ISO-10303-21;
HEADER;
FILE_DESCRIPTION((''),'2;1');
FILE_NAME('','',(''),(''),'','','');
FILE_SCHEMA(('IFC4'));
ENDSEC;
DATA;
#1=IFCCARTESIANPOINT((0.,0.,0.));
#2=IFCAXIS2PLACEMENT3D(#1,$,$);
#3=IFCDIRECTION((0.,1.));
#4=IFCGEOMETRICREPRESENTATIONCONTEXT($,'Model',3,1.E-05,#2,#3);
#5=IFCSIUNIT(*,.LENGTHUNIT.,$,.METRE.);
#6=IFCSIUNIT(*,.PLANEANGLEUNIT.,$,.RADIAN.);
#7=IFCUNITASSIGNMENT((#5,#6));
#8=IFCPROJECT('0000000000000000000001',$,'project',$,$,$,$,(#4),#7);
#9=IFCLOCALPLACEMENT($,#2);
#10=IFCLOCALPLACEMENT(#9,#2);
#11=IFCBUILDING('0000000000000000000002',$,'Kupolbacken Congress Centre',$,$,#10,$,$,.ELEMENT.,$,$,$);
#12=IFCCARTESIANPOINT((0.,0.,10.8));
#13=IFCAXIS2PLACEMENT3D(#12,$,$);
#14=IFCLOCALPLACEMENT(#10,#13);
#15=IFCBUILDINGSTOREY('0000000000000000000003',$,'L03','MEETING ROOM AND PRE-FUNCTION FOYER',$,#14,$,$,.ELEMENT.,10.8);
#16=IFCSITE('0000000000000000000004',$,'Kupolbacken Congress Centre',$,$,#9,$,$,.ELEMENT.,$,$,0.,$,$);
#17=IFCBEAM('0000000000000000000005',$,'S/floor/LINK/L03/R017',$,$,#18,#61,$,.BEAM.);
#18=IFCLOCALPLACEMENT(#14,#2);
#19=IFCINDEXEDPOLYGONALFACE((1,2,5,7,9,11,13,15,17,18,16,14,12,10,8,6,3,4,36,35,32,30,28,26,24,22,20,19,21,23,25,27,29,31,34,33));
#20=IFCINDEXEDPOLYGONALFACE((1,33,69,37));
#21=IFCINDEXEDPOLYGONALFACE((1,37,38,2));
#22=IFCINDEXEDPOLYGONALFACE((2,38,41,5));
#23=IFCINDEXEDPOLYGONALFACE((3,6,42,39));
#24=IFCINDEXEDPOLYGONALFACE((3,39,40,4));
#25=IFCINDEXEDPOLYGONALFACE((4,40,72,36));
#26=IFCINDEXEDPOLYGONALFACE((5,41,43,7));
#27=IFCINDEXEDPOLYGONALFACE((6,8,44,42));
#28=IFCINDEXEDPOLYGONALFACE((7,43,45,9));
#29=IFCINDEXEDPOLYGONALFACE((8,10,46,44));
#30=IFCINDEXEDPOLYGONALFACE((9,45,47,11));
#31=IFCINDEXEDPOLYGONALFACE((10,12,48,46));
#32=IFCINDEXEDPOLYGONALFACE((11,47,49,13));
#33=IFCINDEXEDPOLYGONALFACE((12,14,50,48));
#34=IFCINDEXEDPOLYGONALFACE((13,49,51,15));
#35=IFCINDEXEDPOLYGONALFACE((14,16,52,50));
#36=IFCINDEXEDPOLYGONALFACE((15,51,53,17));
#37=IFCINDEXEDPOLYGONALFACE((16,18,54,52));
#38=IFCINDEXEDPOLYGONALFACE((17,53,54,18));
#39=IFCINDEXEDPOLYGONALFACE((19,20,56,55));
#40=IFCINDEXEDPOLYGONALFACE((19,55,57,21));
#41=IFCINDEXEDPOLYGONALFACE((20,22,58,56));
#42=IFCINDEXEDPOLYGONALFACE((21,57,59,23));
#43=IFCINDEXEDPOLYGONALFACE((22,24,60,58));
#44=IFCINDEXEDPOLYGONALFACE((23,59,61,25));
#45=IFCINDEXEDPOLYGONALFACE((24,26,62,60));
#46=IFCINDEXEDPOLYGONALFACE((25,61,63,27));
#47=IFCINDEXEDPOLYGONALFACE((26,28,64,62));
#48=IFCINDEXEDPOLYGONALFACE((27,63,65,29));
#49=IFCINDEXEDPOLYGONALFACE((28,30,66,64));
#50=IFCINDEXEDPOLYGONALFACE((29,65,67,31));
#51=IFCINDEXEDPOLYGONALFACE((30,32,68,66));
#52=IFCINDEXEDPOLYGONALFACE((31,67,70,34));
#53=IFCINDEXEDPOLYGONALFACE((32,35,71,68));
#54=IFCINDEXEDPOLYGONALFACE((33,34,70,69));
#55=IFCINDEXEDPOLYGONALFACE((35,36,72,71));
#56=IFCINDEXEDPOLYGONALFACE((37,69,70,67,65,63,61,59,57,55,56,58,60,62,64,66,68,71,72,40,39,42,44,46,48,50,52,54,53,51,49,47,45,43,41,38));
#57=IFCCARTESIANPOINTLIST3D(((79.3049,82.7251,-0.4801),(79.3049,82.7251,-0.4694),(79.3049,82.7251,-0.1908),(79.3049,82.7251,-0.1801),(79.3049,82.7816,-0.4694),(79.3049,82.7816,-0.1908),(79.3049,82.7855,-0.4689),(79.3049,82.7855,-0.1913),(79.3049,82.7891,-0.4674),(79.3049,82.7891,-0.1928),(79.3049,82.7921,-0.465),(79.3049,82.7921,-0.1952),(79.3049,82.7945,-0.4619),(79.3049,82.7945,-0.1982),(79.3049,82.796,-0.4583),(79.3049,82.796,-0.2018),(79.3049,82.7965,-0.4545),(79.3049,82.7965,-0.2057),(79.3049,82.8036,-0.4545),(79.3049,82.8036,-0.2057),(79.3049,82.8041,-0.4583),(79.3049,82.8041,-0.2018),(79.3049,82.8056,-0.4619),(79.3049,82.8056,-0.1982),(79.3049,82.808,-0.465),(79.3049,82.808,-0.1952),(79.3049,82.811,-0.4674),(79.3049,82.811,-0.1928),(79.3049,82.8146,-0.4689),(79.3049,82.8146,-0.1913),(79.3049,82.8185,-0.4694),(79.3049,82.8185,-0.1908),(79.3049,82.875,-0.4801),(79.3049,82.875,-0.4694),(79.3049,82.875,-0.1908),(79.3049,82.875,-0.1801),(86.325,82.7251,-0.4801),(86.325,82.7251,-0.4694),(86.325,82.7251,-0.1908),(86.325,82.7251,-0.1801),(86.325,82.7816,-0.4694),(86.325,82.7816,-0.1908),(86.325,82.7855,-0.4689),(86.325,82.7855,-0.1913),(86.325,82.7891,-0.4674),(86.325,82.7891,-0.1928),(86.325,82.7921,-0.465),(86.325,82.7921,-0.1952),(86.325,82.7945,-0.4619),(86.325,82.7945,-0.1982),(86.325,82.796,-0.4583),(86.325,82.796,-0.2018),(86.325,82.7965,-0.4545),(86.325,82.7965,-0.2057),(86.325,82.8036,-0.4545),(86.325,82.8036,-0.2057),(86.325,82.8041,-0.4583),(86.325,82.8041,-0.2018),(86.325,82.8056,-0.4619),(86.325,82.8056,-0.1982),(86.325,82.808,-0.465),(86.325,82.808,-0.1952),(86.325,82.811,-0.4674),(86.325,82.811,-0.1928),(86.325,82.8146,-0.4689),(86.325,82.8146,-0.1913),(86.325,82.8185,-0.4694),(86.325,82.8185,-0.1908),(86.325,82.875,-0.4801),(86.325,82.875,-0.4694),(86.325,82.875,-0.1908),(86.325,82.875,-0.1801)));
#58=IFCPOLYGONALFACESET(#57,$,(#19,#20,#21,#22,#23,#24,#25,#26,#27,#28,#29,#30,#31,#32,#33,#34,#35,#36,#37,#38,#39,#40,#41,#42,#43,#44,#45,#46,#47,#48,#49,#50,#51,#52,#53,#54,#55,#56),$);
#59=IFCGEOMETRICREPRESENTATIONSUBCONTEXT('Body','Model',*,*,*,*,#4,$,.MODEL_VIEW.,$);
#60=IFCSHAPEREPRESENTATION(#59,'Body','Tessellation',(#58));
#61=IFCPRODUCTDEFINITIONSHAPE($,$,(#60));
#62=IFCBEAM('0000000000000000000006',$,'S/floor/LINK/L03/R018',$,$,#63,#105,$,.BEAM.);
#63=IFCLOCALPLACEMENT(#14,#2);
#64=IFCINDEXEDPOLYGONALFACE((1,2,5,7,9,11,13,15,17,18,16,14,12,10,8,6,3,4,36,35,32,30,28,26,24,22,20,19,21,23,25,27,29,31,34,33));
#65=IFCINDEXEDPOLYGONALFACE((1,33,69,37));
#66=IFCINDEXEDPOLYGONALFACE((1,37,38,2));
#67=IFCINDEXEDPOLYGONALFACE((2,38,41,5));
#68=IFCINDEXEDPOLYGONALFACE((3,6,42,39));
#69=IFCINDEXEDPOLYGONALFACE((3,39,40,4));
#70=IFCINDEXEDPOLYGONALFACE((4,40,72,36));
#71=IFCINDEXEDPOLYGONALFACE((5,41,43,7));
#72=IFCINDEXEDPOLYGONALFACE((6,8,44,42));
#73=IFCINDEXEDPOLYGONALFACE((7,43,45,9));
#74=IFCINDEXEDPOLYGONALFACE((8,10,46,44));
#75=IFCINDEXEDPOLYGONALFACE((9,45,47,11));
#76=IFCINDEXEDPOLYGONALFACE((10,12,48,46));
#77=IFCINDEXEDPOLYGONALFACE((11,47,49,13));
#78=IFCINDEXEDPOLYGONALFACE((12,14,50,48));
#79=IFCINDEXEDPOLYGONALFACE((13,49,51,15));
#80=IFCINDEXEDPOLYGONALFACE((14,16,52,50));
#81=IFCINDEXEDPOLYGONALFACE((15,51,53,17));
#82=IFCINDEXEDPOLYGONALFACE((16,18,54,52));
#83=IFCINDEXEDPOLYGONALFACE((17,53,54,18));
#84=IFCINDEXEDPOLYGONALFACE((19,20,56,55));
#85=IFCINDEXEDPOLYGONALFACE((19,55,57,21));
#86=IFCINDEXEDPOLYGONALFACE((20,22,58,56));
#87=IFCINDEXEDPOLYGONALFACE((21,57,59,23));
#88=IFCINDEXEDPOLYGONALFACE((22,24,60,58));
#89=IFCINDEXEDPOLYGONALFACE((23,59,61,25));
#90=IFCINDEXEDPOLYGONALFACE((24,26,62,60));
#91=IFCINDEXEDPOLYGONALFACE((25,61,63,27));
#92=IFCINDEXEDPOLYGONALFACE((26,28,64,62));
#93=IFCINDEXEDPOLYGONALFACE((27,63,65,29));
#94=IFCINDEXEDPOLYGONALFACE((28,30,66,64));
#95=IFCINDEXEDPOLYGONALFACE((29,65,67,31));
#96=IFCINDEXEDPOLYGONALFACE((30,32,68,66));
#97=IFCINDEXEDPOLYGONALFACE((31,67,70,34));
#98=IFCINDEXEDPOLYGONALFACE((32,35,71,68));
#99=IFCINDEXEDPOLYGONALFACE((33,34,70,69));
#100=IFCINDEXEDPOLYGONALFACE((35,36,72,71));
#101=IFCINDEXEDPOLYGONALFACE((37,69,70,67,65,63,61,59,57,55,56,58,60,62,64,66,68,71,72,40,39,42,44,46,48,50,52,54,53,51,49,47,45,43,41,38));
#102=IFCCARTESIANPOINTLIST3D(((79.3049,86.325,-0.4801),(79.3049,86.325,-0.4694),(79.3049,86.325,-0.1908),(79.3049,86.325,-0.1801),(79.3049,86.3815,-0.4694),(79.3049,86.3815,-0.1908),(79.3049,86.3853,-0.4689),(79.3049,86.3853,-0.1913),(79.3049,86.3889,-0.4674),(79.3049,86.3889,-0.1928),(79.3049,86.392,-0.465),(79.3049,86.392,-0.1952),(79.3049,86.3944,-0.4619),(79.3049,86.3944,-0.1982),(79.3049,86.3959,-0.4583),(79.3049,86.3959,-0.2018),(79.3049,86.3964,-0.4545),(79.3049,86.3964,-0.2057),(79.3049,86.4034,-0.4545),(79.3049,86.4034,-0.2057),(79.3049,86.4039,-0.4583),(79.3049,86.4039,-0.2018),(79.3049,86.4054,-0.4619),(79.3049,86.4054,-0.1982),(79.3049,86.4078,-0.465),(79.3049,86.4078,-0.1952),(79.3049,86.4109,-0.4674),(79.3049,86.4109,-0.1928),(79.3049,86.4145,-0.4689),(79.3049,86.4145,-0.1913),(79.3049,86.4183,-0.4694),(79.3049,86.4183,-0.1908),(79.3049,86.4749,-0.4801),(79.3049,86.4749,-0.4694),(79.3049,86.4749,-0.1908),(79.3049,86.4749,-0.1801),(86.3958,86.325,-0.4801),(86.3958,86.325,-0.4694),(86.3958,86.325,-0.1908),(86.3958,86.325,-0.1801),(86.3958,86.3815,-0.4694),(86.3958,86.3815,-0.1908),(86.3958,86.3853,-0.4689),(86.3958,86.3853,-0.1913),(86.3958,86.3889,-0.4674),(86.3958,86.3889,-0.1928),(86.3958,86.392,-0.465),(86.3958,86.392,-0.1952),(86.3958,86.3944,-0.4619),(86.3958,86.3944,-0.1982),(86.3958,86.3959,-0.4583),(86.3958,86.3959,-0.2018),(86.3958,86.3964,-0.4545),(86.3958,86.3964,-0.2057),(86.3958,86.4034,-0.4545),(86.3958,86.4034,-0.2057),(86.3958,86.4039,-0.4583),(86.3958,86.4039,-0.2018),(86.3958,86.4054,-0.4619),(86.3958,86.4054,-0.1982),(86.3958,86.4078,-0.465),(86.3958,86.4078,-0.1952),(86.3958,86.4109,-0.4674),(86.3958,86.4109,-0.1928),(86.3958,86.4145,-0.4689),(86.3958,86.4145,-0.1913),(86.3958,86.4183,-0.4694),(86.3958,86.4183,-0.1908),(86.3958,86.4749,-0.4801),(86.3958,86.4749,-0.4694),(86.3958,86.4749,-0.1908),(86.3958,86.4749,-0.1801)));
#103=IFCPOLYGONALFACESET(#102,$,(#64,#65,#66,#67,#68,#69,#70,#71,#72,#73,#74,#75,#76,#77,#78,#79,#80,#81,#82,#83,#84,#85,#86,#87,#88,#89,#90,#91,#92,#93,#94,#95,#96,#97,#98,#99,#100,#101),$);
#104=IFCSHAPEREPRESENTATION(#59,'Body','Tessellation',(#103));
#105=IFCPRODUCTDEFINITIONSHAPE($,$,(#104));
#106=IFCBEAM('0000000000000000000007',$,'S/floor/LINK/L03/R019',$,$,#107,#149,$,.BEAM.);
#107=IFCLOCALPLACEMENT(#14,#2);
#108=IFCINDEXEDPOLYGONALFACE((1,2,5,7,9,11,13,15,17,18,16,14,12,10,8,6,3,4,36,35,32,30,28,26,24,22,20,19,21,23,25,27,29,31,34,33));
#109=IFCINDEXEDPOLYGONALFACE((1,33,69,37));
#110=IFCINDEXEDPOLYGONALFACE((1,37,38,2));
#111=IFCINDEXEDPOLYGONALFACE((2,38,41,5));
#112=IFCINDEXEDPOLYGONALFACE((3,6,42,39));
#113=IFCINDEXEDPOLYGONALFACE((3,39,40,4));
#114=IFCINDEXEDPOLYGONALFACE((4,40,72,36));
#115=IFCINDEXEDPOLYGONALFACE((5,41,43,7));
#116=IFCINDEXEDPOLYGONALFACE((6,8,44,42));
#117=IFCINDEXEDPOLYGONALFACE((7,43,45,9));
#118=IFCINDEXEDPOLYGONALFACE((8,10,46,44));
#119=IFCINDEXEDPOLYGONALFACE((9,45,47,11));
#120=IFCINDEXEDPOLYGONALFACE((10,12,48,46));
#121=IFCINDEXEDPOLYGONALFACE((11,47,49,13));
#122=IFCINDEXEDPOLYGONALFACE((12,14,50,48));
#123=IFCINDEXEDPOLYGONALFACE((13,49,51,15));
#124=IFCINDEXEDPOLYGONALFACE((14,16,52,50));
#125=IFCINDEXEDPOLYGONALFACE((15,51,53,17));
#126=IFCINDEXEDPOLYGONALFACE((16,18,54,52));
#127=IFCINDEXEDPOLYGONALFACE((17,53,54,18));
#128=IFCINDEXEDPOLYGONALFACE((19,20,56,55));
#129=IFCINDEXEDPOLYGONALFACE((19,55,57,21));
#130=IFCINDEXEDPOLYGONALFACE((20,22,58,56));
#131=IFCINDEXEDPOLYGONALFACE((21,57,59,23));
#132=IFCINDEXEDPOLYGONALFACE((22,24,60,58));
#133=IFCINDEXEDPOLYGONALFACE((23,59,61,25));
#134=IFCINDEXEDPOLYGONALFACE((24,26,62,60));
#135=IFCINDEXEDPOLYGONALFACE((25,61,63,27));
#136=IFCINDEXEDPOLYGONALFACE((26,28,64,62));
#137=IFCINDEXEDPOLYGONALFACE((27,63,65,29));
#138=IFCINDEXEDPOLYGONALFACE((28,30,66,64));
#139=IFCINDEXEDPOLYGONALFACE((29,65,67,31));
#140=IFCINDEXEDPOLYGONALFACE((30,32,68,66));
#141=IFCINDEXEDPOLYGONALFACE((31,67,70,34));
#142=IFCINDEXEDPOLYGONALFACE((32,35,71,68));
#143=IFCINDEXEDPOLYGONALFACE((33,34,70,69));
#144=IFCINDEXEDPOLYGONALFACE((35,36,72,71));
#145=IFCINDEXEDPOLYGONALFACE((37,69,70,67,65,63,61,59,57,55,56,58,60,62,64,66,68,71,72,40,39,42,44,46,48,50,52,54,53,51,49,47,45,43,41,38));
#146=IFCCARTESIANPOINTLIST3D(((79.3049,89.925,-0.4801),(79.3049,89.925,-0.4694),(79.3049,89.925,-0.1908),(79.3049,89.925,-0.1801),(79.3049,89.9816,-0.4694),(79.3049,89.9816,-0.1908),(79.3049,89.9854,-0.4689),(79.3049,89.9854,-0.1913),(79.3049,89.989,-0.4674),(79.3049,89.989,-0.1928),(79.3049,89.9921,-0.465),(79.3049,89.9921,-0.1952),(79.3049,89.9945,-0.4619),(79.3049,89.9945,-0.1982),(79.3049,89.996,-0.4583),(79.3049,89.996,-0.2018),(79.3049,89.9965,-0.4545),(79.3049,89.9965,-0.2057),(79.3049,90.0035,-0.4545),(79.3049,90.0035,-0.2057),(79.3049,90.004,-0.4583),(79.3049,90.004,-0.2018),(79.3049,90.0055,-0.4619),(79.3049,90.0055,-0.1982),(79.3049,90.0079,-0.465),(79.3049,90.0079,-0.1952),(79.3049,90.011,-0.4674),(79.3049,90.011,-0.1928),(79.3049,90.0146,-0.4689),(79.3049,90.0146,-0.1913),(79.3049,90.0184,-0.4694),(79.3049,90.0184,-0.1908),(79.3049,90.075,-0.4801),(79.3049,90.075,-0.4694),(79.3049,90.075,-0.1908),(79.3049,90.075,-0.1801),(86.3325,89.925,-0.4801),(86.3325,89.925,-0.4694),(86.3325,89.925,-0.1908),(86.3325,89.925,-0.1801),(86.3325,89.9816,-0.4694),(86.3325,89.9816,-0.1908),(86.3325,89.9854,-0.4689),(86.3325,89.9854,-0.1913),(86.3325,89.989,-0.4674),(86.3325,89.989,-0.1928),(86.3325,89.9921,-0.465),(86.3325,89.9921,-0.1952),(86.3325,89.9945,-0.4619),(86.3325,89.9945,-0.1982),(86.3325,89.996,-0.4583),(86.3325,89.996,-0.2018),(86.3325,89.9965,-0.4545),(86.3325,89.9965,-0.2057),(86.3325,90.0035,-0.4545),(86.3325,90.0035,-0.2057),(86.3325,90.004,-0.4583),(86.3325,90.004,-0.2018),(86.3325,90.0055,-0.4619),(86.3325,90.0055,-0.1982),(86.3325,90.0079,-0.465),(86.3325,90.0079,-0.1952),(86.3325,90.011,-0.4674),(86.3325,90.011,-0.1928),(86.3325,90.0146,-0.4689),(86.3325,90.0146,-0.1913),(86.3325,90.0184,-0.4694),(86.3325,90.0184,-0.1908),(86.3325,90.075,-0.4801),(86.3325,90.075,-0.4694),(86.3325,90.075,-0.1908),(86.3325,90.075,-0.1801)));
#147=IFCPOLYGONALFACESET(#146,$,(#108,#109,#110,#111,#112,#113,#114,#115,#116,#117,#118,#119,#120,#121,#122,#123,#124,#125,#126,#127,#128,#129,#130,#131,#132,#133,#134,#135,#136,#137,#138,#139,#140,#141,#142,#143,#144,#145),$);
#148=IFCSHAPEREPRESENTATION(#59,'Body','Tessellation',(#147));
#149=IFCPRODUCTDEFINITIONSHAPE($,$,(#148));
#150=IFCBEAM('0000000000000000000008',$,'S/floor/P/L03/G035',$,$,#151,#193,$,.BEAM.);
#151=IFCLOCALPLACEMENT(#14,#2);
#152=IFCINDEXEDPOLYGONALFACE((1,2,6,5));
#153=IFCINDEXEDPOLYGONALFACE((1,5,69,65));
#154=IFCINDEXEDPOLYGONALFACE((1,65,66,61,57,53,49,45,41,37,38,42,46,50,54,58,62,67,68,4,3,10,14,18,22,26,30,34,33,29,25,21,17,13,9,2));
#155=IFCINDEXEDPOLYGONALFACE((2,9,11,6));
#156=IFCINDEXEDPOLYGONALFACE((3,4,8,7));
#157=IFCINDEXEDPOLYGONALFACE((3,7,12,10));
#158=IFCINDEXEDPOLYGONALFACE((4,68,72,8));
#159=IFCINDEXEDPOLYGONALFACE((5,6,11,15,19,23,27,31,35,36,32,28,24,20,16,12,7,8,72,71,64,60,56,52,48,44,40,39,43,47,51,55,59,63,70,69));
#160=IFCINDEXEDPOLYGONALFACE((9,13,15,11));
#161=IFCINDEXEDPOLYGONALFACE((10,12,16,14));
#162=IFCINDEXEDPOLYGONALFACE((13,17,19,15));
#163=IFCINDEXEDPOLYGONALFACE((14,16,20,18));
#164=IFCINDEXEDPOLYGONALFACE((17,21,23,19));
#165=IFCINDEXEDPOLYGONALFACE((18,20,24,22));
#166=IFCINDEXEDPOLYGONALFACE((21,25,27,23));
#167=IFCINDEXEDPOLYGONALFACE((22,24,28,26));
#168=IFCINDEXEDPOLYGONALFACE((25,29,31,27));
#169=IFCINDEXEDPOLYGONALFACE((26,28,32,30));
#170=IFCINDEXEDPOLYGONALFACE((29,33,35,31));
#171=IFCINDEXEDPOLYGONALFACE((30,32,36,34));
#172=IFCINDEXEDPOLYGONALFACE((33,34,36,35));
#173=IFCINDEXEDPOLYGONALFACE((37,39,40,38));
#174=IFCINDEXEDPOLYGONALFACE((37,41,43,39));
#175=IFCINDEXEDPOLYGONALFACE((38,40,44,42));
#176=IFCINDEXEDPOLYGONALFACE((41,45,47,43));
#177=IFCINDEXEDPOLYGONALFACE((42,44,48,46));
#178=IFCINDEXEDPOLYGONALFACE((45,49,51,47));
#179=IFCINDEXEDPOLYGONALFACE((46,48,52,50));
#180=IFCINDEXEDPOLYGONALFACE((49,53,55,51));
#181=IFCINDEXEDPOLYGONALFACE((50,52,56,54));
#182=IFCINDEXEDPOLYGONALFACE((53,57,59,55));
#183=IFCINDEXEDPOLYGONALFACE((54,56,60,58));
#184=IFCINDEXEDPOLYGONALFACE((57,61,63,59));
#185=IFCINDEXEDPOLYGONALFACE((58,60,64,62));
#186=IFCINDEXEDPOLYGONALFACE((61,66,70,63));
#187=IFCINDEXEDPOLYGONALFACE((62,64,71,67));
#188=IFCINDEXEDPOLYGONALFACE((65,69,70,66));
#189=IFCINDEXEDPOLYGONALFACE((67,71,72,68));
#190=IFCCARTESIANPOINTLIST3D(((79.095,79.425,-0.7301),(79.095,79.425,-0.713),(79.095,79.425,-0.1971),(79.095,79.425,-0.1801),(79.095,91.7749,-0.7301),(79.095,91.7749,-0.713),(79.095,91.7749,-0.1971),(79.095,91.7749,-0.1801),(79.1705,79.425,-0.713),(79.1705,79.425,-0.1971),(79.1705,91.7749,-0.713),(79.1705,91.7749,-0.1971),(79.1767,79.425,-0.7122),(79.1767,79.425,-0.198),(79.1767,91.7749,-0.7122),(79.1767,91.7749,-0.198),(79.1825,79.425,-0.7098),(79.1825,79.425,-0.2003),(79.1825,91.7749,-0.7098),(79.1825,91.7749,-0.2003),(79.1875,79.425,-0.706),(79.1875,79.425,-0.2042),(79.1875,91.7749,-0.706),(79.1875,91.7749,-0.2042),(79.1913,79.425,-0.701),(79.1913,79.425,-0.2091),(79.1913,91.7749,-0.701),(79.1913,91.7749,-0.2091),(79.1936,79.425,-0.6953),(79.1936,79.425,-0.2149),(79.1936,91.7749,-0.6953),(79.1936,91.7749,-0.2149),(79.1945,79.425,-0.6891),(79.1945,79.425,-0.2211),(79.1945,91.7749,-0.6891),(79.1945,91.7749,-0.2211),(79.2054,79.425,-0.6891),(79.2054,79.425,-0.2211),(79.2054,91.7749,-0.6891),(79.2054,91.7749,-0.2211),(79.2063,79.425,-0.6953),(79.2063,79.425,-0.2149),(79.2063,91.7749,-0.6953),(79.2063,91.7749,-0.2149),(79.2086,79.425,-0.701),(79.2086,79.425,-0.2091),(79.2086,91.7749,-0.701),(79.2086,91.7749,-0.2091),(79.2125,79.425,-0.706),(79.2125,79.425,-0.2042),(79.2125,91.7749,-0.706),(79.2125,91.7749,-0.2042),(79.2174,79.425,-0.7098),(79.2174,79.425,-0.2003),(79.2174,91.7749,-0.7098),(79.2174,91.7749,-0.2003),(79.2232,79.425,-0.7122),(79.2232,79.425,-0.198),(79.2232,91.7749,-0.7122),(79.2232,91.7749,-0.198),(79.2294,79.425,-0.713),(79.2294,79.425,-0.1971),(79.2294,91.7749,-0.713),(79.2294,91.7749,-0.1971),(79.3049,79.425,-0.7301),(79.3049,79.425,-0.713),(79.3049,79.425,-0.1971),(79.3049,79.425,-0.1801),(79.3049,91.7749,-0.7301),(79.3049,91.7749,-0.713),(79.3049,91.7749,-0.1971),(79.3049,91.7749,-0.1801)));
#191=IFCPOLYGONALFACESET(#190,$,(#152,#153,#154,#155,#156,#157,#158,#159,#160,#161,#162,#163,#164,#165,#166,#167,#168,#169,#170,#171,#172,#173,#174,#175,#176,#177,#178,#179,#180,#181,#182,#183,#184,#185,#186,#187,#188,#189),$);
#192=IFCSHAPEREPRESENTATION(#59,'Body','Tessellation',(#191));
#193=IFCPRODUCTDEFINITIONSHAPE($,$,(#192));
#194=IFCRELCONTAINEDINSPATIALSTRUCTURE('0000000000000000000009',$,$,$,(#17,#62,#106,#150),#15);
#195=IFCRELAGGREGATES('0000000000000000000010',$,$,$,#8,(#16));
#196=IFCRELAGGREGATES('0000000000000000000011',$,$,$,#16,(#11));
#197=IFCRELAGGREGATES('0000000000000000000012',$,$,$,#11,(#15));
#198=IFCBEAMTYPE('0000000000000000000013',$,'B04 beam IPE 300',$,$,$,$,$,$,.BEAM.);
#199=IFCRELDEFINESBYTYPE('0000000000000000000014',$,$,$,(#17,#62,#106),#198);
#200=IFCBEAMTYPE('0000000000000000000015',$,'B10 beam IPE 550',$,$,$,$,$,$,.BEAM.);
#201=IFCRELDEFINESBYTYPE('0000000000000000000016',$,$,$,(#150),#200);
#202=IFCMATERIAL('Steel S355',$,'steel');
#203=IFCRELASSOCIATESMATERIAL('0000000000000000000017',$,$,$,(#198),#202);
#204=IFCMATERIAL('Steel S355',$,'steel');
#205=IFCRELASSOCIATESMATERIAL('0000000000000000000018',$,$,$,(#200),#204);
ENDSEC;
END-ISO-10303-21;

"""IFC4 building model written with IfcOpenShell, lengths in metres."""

from ifc_helpers import new_model, si_unit, direction, frame, origin, origin_2d, place, context, subcontext, project, spatial, i_section, extrude, material, material_profile, profile_set, type_object, element, save


model = new_model("IFC4")

# Units and contexts
model_context = context("Model", 3, precision=1e-05, world=origin(), true_north=direction((0.0, 1.0)))
body_context = subcontext(model_context, "Body", "Model", "MODEL_VIEW")
ifc_project = project(units=[si_unit("LENGTHUNIT", "METRE"), si_unit("PLANEANGLEUNIT", "RADIAN")], contexts=[model_context])

# Site, building, storey
site_placement = place(None, origin())
site = spatial("IfcSite", under=ifc_project, at=site_placement, Name="Kupolbacken Congress Centre", CompositionType="ELEMENT", RefElevation=0.0)
building_placement = place(site_placement, origin())
building = spatial("IfcBuilding", under=site, at=building_placement, Name="Kupolbacken Congress Centre", CompositionType="ELEMENT")
storey_placement = place(building_placement, frame((0.0, 0.0, 10.8)))
storey = spatial("IfcBuildingStorey", under=building, at=storey_placement, Name="L03", Description="MEETING ROOM AND PRE-FUNCTION FOYER", CompositionType="ELEMENT", Elevation=10.8)

# Beams
ifc_material_1 = material(Name="Steel S355", Category="steel")
ifc_material_profile_1 = material_profile(ifc_material_1, i_section(OverallWidth=0.1499, OverallDepth=0.3, WebThickness=0.0071, FlangeThickness=0.0107, FilletRadius=0.0149, at=origin_2d()), Name="IPE 300")
ifc_profile_set_1 = profile_set([ifc_material_profile_1], Name="Steel S355")
beam_type_1 = type_object("IfcBeamType", Name="B04 beam IPE 300", PredefinedType="BEAM", material=ifc_profile_set_1)
beam_1_placement = place(storey_placement, frame((79.3049, 82.8, -0.3301), z_axis=(1.0, 0.0, 0.0), x_axis=(0.0, 1.0, 0.0)))
element("IfcBeam", 1, at=beam_1_placement, inside=storey, type_object=beam_type_1, Name="S/floor/LINK/L03/R017", PredefinedType="BEAM", context=body_context, shape_type="SweptSolid", body=[
    extrude(i_section(OverallWidth=0.1499, OverallDepth=0.3, WebThickness=0.0071, FlangeThickness=0.0107, FilletRadius=0.0149, at=origin_2d()), origin(), (0.0, 0.0, 1.0), 7.02),
])
beam_2_placement = place(storey_placement, frame((79.3049, 86.3999, -0.3301), z_axis=(1.0, 0.0, 0.0), x_axis=(0.0, 1.0, 0.0)))
element("IfcBeam", 2, at=beam_2_placement, inside=storey, type_object=beam_type_1, Name="S/floor/LINK/L03/R018", PredefinedType="BEAM", context=body_context, shape_type="SweptSolid", body=[
    extrude(i_section(OverallWidth=0.1499, OverallDepth=0.3, WebThickness=0.0071, FlangeThickness=0.0107, FilletRadius=0.0149, at=origin_2d()), origin(), (0.0, 0.0, 1.0), 7.0908),
])
beam_3_placement = place(storey_placement, frame((79.3049, 90.0, -0.3301), z_axis=(1.0, 0.0, 0.0), x_axis=(0.0, 1.0, 0.0)))
element("IfcBeam", 3, at=beam_3_placement, inside=storey, type_object=beam_type_1, Name="S/floor/LINK/L03/R019", PredefinedType="BEAM", context=body_context, shape_type="SweptSolid", body=[
    extrude(i_section(OverallWidth=0.1499, OverallDepth=0.3, WebThickness=0.0071, FlangeThickness=0.0107, FilletRadius=0.0149, at=origin_2d()), origin(), (0.0, 0.0, 1.0), 7.0276),
])
ifc_material_2 = material(Name="Steel S355", Category="steel")
ifc_material_profile_2 = material_profile(ifc_material_2, i_section(OverallWidth=0.21, OverallDepth=0.55, WebThickness=0.011, FlangeThickness=0.0171, FilletRadius=0.0239, at=origin_2d()), Name="IPE 550")
ifc_profile_set_2 = profile_set([ifc_material_profile_2], Name="Steel S355")
beam_type_2 = type_object("IfcBeamType", Name="B10 beam IPE 550", PredefinedType="BEAM", material=ifc_profile_set_2)
beam_4_placement = place(storey_placement, frame((79.2, 79.425, -0.4551), z_axis=(0.0, 1.0, 0.0), x_axis=(-1.0, 0.0, 0.0)))
element("IfcBeam", 4, at=beam_4_placement, inside=storey, type_object=beam_type_2, Name="S/floor/P/L03/G035", PredefinedType="BEAM", context=body_context, shape_type="SweptSolid", body=[
    extrude(i_section(OverallWidth=0.21, OverallDepth=0.55, WebThickness=0.011, FlangeThickness=0.0171, FilletRadius=0.0239, at=origin_2d()), origin(), (0.0, 0.0, 1.0), 12.3499),
])

save(model, "model.ifc")
